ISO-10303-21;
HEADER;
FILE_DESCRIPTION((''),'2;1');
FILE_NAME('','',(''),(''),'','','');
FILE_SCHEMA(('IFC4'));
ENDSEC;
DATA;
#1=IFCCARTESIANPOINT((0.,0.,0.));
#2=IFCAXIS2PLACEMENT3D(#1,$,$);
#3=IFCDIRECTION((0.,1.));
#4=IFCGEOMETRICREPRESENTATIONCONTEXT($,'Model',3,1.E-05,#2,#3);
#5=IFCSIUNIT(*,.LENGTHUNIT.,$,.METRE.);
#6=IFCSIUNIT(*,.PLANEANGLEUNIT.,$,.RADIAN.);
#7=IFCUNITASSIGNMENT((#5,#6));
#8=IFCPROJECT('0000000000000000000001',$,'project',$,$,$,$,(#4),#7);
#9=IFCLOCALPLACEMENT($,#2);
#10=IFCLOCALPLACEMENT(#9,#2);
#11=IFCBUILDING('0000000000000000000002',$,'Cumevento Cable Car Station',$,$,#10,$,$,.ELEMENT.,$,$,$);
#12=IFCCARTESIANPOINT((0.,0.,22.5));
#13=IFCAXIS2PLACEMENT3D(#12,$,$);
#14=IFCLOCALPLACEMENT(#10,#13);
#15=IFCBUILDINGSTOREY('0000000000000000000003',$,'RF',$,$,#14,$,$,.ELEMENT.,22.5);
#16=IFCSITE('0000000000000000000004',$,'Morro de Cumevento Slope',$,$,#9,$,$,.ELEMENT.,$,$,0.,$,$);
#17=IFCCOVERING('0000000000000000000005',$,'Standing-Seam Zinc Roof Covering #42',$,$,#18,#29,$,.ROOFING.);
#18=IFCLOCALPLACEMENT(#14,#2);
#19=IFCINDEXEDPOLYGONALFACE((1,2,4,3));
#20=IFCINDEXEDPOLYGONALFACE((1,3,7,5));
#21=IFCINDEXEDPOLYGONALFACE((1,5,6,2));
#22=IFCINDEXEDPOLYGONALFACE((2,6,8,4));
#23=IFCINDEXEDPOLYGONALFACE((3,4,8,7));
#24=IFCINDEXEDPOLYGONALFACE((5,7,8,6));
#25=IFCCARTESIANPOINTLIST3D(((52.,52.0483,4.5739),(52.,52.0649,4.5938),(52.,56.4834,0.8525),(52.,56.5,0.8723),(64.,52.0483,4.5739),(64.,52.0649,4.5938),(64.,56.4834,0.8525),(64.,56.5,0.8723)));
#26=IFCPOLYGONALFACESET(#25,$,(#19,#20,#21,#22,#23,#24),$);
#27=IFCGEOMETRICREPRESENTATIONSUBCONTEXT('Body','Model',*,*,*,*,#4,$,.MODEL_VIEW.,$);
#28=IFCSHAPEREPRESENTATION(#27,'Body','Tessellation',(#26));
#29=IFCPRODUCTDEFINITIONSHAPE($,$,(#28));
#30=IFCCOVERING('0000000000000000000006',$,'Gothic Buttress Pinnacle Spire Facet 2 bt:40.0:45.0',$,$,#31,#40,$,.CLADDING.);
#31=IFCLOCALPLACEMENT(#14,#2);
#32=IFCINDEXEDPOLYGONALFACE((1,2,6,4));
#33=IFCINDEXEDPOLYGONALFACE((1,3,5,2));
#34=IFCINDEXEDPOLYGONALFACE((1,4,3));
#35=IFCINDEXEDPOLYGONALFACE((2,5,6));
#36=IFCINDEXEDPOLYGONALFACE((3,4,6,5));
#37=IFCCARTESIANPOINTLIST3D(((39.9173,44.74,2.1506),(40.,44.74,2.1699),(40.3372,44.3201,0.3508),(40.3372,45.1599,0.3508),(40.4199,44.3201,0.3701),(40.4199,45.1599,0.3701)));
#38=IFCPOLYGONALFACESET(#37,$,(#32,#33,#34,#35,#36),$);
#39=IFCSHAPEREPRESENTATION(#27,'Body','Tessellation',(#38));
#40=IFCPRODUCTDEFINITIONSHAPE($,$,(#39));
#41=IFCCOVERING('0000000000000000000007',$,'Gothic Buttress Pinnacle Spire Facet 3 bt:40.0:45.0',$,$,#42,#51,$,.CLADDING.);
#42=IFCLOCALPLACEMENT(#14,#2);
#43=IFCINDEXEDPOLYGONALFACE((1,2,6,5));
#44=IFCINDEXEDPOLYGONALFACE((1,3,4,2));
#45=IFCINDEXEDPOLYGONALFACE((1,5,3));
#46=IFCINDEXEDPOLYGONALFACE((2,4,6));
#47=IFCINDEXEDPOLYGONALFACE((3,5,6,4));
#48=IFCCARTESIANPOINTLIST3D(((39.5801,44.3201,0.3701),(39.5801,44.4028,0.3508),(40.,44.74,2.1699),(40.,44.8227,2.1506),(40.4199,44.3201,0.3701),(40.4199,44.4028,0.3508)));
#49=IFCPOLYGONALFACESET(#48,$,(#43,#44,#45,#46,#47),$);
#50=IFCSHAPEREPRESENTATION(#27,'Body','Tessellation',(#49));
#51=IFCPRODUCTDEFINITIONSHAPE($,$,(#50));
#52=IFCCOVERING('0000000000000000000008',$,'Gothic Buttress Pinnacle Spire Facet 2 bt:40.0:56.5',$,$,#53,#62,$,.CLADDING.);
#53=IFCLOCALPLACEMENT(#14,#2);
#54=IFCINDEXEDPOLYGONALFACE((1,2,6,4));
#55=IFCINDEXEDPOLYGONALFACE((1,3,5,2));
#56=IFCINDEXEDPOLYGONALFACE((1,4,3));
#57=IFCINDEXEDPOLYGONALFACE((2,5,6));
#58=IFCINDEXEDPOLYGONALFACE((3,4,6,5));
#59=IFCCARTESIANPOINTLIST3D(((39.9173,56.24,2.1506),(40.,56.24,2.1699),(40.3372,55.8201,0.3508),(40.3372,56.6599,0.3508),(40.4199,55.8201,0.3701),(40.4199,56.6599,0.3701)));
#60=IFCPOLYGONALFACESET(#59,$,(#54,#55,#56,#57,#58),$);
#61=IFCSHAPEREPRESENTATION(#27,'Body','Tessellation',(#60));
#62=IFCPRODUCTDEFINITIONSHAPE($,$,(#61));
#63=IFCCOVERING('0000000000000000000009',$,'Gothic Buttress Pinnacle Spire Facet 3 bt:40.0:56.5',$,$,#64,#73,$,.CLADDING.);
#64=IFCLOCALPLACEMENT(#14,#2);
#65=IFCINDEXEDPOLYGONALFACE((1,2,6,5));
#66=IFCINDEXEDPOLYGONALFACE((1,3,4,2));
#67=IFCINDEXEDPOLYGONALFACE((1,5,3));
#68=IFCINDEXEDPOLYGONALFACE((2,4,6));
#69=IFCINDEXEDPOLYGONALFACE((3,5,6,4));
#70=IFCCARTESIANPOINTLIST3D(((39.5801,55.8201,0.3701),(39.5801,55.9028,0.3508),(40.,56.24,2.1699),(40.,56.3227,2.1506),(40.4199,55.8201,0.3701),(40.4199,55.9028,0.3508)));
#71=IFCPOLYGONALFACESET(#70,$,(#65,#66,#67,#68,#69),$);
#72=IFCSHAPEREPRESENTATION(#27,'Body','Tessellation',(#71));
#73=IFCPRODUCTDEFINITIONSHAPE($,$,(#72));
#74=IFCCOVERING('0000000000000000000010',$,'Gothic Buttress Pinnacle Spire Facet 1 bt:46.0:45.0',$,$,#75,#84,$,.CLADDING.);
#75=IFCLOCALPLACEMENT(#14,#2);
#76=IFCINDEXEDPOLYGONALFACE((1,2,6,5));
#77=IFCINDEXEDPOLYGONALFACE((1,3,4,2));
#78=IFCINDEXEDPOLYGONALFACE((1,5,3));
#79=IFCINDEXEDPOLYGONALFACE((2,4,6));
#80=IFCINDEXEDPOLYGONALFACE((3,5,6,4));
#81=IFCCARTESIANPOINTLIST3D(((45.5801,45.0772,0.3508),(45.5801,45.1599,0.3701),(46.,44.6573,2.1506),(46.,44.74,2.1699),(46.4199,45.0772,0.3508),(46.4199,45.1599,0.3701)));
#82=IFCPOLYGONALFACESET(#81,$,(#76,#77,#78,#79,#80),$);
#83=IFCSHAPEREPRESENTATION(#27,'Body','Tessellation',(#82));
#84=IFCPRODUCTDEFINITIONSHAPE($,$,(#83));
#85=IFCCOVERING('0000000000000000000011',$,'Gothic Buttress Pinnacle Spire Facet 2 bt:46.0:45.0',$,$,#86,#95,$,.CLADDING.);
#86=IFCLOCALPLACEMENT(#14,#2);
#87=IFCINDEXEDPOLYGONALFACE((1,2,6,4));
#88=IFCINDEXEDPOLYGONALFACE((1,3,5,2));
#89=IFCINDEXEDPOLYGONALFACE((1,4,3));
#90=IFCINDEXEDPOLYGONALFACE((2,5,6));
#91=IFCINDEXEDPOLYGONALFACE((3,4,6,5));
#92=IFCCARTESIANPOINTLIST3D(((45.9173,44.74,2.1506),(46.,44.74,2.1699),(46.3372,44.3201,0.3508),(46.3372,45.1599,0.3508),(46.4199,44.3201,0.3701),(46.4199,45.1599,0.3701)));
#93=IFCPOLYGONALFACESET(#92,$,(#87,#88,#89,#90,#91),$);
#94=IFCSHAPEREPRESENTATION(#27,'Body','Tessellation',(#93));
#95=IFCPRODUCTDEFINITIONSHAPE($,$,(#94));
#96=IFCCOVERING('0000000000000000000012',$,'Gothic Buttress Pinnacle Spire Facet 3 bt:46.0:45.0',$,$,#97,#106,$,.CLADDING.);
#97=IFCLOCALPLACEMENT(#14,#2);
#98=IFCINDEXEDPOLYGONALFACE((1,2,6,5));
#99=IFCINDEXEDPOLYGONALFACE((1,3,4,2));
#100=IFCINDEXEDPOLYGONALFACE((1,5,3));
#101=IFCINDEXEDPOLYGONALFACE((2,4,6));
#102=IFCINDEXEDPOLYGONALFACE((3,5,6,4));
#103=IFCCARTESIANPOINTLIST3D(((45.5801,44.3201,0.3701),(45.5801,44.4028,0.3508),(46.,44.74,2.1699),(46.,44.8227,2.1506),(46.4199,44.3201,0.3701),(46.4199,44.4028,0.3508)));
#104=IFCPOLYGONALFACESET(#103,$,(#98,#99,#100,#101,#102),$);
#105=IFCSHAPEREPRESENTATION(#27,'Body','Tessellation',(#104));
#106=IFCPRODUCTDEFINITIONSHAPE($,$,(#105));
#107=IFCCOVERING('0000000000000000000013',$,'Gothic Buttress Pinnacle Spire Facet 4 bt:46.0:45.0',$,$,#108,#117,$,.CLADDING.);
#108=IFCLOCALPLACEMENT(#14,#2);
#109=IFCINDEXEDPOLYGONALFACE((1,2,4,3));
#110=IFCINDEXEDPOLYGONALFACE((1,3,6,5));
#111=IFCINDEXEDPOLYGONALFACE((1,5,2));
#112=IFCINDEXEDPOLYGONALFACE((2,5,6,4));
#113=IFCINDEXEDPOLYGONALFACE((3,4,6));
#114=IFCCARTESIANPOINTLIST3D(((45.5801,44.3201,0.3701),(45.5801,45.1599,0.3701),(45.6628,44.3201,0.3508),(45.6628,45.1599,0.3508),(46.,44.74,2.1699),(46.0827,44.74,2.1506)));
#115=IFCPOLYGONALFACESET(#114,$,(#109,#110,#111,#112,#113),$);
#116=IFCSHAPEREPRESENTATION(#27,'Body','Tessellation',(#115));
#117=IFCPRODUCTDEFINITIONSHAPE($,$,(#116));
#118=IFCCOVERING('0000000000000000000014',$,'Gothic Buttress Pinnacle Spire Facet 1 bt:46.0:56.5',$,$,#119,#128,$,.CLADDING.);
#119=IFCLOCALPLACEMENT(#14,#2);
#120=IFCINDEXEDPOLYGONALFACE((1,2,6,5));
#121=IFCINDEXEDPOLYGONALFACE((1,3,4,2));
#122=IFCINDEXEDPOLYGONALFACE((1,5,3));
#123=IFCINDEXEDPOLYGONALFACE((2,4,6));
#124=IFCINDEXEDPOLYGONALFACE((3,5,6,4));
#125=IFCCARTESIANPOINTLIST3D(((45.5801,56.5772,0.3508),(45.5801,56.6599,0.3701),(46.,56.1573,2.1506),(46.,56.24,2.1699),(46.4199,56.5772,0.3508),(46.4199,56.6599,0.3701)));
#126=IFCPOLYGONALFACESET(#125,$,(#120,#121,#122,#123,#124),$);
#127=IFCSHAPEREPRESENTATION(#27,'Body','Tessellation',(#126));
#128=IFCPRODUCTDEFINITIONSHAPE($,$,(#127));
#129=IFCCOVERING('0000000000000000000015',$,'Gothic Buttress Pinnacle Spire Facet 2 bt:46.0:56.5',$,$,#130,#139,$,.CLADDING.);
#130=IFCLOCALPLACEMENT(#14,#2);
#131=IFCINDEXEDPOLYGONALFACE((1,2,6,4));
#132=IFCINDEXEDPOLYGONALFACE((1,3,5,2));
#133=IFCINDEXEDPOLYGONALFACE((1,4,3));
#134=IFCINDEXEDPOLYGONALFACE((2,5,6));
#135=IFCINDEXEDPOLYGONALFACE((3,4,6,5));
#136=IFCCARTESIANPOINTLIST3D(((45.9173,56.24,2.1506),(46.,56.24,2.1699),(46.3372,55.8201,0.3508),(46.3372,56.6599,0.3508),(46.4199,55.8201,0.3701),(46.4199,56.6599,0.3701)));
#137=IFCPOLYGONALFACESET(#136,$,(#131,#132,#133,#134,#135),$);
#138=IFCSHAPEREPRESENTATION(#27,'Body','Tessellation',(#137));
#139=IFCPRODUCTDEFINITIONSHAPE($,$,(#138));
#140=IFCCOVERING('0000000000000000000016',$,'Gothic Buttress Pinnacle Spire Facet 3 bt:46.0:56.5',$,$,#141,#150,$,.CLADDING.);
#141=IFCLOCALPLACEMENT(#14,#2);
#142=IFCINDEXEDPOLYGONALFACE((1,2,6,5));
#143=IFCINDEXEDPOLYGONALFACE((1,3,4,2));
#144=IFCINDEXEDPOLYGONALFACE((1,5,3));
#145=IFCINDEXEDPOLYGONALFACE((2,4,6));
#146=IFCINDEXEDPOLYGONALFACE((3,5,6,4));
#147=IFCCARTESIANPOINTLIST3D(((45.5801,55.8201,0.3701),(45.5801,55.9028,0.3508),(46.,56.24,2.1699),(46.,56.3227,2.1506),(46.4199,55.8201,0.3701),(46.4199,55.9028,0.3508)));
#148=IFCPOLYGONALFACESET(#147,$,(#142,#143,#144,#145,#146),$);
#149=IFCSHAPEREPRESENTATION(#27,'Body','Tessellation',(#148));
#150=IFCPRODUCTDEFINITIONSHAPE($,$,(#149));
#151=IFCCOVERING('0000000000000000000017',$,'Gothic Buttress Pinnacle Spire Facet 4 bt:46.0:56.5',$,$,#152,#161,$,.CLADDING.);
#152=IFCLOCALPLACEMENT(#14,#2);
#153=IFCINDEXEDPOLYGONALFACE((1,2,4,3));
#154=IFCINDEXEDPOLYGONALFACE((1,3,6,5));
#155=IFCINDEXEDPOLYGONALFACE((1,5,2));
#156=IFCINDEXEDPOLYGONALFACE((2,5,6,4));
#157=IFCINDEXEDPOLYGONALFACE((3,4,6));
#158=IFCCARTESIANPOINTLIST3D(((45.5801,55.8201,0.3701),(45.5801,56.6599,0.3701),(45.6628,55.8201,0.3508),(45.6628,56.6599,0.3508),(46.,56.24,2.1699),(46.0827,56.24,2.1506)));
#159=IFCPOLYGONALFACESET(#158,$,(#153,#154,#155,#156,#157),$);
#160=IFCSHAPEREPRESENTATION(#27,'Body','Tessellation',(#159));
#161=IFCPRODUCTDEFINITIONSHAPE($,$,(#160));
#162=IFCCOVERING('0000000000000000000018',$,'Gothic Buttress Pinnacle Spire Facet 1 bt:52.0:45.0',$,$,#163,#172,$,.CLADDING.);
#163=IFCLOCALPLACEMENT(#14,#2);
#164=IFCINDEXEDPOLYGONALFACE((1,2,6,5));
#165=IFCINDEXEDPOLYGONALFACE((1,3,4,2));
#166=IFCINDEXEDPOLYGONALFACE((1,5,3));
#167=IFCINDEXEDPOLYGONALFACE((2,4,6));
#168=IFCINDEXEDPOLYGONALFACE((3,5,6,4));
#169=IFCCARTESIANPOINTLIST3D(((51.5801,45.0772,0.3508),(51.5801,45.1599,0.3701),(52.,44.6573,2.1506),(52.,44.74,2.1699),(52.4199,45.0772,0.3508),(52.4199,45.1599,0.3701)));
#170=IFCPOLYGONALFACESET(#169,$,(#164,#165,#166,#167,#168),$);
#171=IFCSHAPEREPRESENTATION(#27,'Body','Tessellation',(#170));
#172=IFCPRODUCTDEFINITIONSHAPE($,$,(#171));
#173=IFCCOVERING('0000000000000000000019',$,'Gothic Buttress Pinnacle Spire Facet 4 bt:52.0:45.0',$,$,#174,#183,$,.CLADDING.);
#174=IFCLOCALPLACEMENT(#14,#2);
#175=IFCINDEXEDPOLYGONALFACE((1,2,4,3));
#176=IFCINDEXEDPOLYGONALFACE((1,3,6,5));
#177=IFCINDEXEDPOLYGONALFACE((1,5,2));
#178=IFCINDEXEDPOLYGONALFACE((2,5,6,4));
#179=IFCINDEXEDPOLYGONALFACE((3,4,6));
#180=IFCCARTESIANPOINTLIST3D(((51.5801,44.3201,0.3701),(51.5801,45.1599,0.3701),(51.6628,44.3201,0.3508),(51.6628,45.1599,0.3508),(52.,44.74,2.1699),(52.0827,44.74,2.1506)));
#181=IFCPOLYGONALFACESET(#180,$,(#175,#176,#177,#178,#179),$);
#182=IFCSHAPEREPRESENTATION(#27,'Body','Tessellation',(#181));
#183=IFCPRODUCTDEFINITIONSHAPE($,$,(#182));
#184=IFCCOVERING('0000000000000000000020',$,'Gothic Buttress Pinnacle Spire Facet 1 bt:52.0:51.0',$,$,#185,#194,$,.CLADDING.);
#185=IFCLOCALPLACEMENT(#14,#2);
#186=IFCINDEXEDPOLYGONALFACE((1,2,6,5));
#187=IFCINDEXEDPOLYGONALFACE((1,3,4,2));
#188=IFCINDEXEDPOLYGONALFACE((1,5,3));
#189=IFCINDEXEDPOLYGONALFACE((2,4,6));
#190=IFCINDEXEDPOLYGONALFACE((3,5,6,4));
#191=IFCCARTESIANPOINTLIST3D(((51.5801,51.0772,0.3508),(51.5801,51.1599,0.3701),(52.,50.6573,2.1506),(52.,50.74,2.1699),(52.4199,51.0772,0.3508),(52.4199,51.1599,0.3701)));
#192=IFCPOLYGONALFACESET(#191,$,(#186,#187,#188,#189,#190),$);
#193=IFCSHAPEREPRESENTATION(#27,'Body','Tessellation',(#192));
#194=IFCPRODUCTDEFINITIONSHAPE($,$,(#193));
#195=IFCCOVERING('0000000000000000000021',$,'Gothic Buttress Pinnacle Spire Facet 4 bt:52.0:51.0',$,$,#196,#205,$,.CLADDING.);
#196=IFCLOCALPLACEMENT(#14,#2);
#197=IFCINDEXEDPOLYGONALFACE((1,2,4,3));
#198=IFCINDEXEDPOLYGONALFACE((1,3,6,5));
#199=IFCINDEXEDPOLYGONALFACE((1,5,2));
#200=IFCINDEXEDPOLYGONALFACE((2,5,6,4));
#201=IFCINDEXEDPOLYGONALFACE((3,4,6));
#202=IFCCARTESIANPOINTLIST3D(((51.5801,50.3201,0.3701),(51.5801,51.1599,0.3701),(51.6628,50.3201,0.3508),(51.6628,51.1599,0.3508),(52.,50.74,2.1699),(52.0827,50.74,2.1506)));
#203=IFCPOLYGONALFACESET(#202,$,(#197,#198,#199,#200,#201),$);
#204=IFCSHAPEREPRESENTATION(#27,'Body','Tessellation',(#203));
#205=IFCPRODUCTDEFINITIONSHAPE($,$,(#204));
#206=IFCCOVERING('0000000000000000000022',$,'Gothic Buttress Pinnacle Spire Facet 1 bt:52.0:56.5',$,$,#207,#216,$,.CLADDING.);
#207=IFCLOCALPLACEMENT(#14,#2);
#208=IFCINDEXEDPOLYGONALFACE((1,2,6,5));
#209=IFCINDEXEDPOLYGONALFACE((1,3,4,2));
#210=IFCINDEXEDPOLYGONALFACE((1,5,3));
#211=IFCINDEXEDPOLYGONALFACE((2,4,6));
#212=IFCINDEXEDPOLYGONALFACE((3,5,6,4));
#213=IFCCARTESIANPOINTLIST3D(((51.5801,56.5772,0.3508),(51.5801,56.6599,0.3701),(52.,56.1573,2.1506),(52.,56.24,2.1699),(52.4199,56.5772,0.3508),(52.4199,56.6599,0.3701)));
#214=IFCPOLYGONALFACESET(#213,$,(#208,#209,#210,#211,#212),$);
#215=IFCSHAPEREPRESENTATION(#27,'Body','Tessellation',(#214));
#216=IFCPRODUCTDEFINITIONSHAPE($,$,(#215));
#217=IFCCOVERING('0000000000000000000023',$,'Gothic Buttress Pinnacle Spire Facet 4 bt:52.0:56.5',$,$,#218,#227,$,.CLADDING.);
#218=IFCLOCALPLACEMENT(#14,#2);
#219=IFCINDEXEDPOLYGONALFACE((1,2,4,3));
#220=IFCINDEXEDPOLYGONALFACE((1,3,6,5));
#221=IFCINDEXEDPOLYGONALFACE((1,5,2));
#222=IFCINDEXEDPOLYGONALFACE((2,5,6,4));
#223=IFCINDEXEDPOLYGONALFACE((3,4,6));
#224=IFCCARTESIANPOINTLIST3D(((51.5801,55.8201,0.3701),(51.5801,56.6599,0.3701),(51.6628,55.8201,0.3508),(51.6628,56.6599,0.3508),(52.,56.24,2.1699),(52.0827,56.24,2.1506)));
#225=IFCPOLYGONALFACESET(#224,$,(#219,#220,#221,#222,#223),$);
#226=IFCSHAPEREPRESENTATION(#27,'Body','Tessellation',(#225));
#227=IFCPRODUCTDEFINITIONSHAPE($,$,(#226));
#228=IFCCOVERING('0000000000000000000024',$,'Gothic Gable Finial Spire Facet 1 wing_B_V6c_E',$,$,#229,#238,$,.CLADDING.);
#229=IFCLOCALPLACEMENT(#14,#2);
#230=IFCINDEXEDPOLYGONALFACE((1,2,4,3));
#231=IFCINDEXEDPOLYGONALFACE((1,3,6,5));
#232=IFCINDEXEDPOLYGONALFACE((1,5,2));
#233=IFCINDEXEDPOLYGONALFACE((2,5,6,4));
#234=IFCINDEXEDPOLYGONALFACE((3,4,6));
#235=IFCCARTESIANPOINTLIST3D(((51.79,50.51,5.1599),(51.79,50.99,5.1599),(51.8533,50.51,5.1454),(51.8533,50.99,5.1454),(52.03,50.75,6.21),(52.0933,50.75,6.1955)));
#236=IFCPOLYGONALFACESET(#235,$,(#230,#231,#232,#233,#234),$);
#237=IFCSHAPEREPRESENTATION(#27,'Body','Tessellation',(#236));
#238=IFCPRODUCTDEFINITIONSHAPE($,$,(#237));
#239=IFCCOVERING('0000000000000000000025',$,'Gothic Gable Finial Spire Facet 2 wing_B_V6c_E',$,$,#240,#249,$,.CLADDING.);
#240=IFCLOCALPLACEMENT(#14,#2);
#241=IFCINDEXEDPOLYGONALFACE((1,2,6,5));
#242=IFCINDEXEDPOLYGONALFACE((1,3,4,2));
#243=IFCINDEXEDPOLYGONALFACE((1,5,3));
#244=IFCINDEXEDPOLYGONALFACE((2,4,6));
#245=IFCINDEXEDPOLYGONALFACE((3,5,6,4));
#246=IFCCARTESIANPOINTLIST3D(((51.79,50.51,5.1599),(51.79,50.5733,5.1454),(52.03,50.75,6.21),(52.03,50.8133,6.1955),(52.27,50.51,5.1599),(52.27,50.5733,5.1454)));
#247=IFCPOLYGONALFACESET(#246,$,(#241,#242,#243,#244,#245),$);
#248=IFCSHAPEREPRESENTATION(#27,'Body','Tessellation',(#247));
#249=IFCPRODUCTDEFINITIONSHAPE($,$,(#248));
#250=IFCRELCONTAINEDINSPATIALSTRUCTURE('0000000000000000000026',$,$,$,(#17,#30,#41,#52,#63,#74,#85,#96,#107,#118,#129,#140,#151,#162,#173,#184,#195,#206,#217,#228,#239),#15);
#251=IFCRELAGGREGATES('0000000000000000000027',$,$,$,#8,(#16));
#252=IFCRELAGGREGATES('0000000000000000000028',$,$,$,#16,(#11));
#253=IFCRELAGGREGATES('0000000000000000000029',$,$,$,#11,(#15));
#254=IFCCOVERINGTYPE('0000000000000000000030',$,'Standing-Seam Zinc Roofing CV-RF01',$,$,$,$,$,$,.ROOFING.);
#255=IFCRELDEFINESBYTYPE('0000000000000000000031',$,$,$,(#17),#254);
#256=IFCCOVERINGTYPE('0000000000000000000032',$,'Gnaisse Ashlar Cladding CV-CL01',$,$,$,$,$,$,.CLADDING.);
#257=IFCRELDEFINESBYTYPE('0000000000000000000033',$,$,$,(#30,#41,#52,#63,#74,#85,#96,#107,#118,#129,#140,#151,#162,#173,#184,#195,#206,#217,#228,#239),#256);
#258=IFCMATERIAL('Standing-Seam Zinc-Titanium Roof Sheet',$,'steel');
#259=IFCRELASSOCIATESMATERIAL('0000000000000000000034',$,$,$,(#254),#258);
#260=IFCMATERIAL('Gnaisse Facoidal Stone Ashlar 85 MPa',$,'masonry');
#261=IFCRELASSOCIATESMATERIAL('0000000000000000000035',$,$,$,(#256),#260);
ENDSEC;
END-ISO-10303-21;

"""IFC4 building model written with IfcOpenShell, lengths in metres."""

from ifc_helpers import new_model, si_unit, direction, frame, origin, place, context, subcontext, project, spatial, polyline, outline, extrude, material, type_object, element, save


model = new_model("IFC4")

# Units and contexts
model_context = context("Model", 3, precision=1e-05, world=origin(), true_north=direction((0.0, 1.0)))
body_context = subcontext(model_context, "Body", "Model", "MODEL_VIEW")
ifc_project = project(units=[si_unit("LENGTHUNIT", "METRE"), si_unit("PLANEANGLEUNIT", "RADIAN")], contexts=[model_context])

# Site, building, storey
site_placement = place(None, origin())
site = spatial("IfcSite", under=ifc_project, at=site_placement, Name="Morro de Cumevento Slope", CompositionType="ELEMENT", RefElevation=0.0)
building_placement = place(site_placement, origin())
building = spatial("IfcBuilding", under=site, at=building_placement, Name="Cumevento Cable Car Station", CompositionType="ELEMENT")
storey_placement = place(building_placement, frame((0.0, 0.0, 22.5)))
storey = spatial("IfcBuildingStorey", under=building, at=storey_placement, Name="RF", CompositionType="ELEMENT", Elevation=22.5)

# Coverings
ifc_material_1 = material(Name="Standing-Seam Zinc-Titanium Roof Sheet", Category="steel")
covering_type_1 = type_object("IfcCoveringType", Name="Standing-Seam Zinc Roofing CV-RF01", PredefinedType="ROOFING", material=ifc_material_1)
covering_1_placement = place(storey_placement, frame((52.0, 52.0649, 4.5938), z_axis=(0.0, 0.642786, 0.766046), x_axis=(1.0, 0.0, 0.0)))
element("IfcCovering", 1, at=covering_1_placement, inside=storey, type_object=covering_type_1, Name="Standing-Seam Zinc Roof Covering #42", PredefinedType="ROOFING", context=body_context, shape_type="SweptSolid", body=[
    extrude(outline(polyline([(0.0, 0.0), (12.0, 0.0), (12.0, 5.7895), (0.0, 5.7895), (0.0, 0.0)])), origin(), (0.0, 0.0, -1.0), 0.0259),
])
ifc_material_2 = material(Name="Gnaisse Facoidal Stone Ashlar 85 MPa", Category="masonry")
covering_type_2 = type_object("IfcCoveringType", Name="Gnaisse Ashlar Cladding CV-CL01", PredefinedType="CLADDING", material=ifc_material_2)
for number, where, z_axis, x_axis, name in (
    (2, (40.4199, 45.1599, 0.3701), (0.973845, 0.0, 0.227213), (0.0, -1.0, 0.0), "Gothic Buttress Pinnacle Spire Facet 2 bt:40.0:45.0"),
    (3, (40.4199, 44.3201, 0.3701), (0.0, -0.973845, 0.227213), (-1.0, 0.0, 0.0), "Gothic Buttress Pinnacle Spire Facet 3 bt:40.0:45.0"),
    (4, (40.4199, 56.6599, 0.3701), (0.973845, 0.0, 0.227213), (0.0, -1.0, 0.0), "Gothic Buttress Pinnacle Spire Facet 2 bt:40.0:56.5"),
    (5, (40.4199, 55.8201, 0.3701), (0.0, -0.973845, 0.227213), (-1.0, 0.0, 0.0), "Gothic Buttress Pinnacle Spire Facet 3 bt:40.0:56.5"),
    (6, (45.5801, 45.1599, 0.3701), (0.0, 0.973845, 0.227213), (1.0, 0.0, 0.0), "Gothic Buttress Pinnacle Spire Facet 1 bt:46.0:45.0"),
    (7, (46.4199, 45.1599, 0.3701), (0.973845, 0.0, 0.227213), (0.0, -1.0, 0.0), "Gothic Buttress Pinnacle Spire Facet 2 bt:46.0:45.0"),
    (8, (46.4199, 44.3201, 0.3701), (0.0, -0.973845, 0.227213), (-1.0, 0.0, 0.0), "Gothic Buttress Pinnacle Spire Facet 3 bt:46.0:45.0"),
    (9, (45.5801, 44.3201, 0.3701), (-0.973845, 0.0, 0.227213), (0.0, 1.0, 0.0), "Gothic Buttress Pinnacle Spire Facet 4 bt:46.0:45.0"),
    (10, (45.5801, 56.6599, 0.3701), (0.0, 0.973845, 0.227213), (1.0, 0.0, 0.0), "Gothic Buttress Pinnacle Spire Facet 1 bt:46.0:56.5"),
    (11, (46.4199, 56.6599, 0.3701), (0.973845, 0.0, 0.227213), (0.0, -1.0, 0.0), "Gothic Buttress Pinnacle Spire Facet 2 bt:46.0:56.5"),
    (12, (46.4199, 55.8201, 0.3701), (0.0, -0.973845, 0.227213), (-1.0, 0.0, 0.0), "Gothic Buttress Pinnacle Spire Facet 3 bt:46.0:56.5"),
    (13, (45.5801, 55.8201, 0.3701), (-0.973845, 0.0, 0.227213), (0.0, 1.0, 0.0), "Gothic Buttress Pinnacle Spire Facet 4 bt:46.0:56.5"),
    (14, (51.5801, 45.1599, 0.3701), (0.0, 0.973845, 0.227213), (1.0, 0.0, 0.0), "Gothic Buttress Pinnacle Spire Facet 1 bt:52.0:45.0"),
    (15, (51.5801, 44.3201, 0.3701), (-0.973845, 0.0, 0.227213), (0.0, 1.0, 0.0), "Gothic Buttress Pinnacle Spire Facet 4 bt:52.0:45.0"),
    (16, (51.5801, 51.1599, 0.3701), (0.0, 0.973845, 0.227213), (1.0, 0.0, 0.0), "Gothic Buttress Pinnacle Spire Facet 1 bt:52.0:51.0"),
    (17, (51.5801, 50.3201, 0.3701), (-0.973845, 0.0, 0.227213), (0.0, 1.0, 0.0), "Gothic Buttress Pinnacle Spire Facet 4 bt:52.0:51.0"),
    (18, (51.5801, 56.6599, 0.3701), (0.0, 0.973845, 0.227213), (1.0, 0.0, 0.0), "Gothic Buttress Pinnacle Spire Facet 1 bt:52.0:56.5"),
    (19, (51.5801, 55.8201, 0.3701), (-0.973845, 0.0, 0.227213), (0.0, 1.0, 0.0), "Gothic Buttress Pinnacle Spire Facet 4 bt:52.0:56.5"),
):
    element("IfcCovering", number, at=place(storey_placement, frame(where, z_axis=z_axis, x_axis=x_axis)), inside=storey, type_object=covering_type_2, Name=name, PredefinedType="CLADDING", context=body_context, shape_type="SweptSolid", body=[
        extrude(outline(polyline([(0.0, 0.0), (0.8398, 0.0), (0.4199, -1.8481), (0.0, 0.0)])), origin(), (0.0, 0.0, -1.0), 0.085),
    ])
for number, where, z_axis, x_axis, name in (
    (20, (51.79, 50.99, 5.1599), (-0.974863, 0.0, 0.222806), (0.0, -1.0, 0.0), "Gothic Gable Finial Spire Facet 1 wing_B_V6c_E"),
    (21, (51.79, 50.51, 5.1599), (0.0, -0.974863, 0.222806), (1.0, 0.0, 0.0), "Gothic Gable Finial Spire Facet 2 wing_B_V6c_E"),
):
    element("IfcCovering", number, at=place(storey_placement, frame(where, z_axis=z_axis, x_axis=x_axis)), inside=storey, type_object=covering_type_2, Name=name, PredefinedType="CLADDING", context=body_context, shape_type="SweptSolid", body=[
        extrude(outline(polyline([(0.0, 0.0), (0.48, 0.0), (0.24, 1.0771), (0.0, 0.0)])), origin(), (0.0, 0.0, -1.0), 0.0649),
    ])

save(model, "model.ifc")
